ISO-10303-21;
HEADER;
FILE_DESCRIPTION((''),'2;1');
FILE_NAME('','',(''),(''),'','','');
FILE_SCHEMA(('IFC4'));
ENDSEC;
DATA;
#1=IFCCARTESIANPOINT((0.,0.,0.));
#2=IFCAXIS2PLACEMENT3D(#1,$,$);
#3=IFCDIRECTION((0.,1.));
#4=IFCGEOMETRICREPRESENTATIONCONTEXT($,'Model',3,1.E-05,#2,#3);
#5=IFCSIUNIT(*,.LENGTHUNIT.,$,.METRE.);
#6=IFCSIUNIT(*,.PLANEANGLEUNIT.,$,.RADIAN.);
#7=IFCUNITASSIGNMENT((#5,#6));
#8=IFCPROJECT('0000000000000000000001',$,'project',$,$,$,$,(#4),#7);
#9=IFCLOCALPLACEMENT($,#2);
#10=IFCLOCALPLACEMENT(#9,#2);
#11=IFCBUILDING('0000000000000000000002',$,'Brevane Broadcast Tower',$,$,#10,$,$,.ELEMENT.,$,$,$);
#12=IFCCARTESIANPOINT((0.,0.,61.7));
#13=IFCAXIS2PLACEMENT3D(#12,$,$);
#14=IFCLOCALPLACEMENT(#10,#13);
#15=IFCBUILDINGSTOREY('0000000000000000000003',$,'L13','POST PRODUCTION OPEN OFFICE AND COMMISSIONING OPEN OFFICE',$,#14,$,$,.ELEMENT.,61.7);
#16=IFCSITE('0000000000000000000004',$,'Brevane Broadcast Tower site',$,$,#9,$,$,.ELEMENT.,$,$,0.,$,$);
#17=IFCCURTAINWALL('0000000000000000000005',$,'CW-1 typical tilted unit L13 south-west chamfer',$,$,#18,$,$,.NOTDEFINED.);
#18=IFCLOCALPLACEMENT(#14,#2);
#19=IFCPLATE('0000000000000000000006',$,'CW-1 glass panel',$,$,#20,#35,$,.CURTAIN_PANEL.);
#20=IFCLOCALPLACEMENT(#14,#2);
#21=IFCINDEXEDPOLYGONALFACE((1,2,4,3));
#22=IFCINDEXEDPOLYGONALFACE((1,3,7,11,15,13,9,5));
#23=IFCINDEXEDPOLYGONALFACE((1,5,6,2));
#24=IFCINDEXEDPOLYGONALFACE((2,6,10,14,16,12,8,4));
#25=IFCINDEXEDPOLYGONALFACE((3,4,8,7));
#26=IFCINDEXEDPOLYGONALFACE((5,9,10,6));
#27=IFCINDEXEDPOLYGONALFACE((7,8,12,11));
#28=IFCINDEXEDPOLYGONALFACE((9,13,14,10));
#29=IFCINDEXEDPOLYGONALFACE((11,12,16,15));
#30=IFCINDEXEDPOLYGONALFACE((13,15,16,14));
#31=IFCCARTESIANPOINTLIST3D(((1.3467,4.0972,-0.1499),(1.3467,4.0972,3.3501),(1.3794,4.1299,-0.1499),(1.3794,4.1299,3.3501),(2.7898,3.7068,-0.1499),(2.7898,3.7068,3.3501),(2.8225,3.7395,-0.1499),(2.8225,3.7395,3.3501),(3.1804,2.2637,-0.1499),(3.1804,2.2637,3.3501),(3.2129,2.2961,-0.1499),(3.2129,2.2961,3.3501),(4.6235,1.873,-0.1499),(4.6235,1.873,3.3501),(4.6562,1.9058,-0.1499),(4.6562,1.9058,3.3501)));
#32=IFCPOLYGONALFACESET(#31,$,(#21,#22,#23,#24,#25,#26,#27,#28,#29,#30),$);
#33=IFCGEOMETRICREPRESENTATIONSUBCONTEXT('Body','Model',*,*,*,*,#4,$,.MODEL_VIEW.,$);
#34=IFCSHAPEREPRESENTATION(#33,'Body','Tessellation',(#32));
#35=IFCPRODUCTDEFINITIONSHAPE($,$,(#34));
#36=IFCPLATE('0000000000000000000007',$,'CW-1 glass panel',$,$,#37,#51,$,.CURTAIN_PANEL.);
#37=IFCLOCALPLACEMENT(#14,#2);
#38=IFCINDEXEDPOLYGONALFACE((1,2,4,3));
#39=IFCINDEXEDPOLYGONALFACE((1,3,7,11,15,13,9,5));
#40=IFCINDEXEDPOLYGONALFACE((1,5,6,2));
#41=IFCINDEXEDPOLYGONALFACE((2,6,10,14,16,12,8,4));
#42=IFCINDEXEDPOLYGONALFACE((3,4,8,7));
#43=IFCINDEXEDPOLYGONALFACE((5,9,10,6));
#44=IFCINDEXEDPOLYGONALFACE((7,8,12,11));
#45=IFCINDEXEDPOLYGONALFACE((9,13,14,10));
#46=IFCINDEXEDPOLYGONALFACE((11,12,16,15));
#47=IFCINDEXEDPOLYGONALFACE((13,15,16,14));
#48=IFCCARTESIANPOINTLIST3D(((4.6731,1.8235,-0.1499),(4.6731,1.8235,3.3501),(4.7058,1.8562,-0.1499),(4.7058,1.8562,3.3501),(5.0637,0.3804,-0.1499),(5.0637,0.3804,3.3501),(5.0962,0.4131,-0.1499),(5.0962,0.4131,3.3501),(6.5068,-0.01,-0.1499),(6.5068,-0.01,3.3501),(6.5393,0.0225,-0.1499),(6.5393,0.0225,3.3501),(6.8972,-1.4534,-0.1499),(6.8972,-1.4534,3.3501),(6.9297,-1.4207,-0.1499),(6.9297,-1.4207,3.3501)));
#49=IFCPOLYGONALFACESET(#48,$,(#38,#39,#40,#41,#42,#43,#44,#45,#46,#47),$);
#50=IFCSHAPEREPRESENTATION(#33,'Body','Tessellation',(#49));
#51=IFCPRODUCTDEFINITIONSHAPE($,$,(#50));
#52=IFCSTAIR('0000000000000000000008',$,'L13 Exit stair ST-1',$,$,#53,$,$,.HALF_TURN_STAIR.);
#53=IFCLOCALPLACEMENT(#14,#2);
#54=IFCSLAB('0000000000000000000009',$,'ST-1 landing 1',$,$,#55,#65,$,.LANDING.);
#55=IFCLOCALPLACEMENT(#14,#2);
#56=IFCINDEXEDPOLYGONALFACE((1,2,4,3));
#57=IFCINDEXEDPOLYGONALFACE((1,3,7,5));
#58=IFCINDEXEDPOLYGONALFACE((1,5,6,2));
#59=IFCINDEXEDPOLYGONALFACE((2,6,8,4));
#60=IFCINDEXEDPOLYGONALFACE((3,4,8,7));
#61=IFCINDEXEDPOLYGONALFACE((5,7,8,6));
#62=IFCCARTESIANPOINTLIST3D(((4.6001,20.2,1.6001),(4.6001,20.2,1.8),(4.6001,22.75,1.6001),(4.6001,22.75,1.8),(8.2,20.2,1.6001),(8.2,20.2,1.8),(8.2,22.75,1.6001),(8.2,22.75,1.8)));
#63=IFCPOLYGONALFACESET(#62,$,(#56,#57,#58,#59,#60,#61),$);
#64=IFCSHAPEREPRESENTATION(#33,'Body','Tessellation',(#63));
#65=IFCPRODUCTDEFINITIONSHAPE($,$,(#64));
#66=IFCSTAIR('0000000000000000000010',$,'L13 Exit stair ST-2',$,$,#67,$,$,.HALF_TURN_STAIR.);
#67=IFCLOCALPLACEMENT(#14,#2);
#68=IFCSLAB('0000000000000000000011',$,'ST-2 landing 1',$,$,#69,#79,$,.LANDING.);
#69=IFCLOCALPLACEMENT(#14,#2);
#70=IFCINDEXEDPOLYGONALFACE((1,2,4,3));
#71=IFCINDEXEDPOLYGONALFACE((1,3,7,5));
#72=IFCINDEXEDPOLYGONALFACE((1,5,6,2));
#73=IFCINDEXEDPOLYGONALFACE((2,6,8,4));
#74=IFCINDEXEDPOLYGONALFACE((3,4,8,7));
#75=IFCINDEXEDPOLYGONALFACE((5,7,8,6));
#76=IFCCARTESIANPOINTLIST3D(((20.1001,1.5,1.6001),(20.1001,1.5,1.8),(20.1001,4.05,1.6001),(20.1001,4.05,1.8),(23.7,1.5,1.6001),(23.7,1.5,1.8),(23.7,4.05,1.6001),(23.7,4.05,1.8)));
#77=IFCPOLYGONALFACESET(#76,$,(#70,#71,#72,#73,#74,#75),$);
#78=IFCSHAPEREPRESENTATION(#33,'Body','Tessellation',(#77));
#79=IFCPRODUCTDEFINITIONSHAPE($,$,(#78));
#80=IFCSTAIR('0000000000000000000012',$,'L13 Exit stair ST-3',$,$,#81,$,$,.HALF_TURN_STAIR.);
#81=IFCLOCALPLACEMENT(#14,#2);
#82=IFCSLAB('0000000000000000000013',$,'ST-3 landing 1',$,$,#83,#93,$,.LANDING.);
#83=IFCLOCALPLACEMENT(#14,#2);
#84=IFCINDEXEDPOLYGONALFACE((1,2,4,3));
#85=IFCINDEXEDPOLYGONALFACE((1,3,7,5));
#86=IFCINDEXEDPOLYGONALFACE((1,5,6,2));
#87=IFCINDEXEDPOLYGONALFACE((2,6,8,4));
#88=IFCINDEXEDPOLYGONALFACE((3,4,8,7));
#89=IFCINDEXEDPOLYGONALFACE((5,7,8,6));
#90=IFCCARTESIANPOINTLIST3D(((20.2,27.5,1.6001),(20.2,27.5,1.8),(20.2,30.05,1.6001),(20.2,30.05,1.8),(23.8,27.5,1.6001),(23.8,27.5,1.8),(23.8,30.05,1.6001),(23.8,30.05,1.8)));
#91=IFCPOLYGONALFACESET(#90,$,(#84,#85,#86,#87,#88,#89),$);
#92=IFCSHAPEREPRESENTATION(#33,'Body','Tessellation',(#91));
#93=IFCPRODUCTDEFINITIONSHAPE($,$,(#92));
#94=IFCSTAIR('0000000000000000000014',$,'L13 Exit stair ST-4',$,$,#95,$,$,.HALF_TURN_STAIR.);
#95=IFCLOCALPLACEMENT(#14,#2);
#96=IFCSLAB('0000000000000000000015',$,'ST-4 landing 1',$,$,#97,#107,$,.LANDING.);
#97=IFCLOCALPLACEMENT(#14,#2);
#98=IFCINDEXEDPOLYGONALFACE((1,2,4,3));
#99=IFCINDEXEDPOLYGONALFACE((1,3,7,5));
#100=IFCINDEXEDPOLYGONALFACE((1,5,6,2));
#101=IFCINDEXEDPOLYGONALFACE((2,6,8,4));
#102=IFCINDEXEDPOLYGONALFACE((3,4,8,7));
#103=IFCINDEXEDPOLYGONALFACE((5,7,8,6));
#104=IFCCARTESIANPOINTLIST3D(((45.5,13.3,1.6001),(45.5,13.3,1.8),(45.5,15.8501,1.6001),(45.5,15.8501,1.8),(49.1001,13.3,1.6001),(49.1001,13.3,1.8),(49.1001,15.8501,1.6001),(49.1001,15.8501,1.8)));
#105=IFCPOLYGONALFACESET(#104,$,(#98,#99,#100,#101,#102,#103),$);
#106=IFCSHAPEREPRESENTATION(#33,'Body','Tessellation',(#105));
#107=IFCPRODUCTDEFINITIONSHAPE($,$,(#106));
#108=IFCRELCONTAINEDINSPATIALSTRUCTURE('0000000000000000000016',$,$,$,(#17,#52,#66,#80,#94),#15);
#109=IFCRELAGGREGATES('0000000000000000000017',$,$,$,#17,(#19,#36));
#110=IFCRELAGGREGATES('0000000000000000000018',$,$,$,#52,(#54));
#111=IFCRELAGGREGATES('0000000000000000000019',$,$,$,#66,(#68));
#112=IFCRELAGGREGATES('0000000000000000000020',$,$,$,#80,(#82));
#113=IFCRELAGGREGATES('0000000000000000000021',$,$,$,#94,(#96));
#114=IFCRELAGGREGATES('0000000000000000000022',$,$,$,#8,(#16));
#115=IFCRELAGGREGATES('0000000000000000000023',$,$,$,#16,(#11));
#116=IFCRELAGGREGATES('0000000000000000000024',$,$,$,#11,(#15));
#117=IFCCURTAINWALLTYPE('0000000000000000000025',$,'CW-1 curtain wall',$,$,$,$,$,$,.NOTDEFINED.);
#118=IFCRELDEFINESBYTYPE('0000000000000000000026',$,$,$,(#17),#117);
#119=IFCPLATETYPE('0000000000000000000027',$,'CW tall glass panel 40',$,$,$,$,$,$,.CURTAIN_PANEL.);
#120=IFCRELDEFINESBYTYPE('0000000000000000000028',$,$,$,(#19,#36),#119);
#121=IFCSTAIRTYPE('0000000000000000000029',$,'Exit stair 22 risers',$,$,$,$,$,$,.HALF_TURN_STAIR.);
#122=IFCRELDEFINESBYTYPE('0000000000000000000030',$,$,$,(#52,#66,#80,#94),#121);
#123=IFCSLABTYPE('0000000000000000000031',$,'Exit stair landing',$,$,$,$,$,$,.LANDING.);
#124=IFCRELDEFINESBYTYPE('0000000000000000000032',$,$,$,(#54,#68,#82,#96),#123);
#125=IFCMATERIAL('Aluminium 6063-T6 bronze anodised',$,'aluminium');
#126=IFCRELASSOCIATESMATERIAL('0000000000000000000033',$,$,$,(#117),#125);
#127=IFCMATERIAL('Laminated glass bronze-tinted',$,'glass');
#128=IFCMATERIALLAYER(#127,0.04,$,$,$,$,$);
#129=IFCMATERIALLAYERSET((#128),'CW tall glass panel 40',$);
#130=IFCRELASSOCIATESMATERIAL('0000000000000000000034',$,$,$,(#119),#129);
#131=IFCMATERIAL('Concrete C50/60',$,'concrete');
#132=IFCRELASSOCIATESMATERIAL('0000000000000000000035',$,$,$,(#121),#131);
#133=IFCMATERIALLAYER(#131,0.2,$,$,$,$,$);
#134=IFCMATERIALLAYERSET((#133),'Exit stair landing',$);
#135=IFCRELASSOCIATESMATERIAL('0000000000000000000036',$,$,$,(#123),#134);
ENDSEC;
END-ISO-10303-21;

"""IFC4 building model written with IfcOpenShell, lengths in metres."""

from ifc_helpers import new_model, si_unit, direction, frame, origin, place, context, subcontext, project, spatial, polyline, outline, extrude, material, layer, layer_set, type_object, element, aggregate, save


model = new_model("IFC4")

# Units and contexts
model_context = context("Model", 3, precision=1e-05, world=origin(), true_north=direction((0.0, 1.0)))
body_context = subcontext(model_context, "Body", "Model", "MODEL_VIEW")
ifc_project = project(units=[si_unit("LENGTHUNIT", "METRE"), si_unit("PLANEANGLEUNIT", "RADIAN")], contexts=[model_context])

# Site, building, storey
site_placement = place(None, origin())
site = spatial("IfcSite", under=ifc_project, at=site_placement, Name="Brevane Broadcast Tower site", CompositionType="ELEMENT", RefElevation=0.0)
building_placement = place(site_placement, origin())
building = spatial("IfcBuilding", under=site, at=building_placement, Name="Brevane Broadcast Tower", CompositionType="ELEMENT")
storey_placement = place(building_placement, frame((0.0, 0.0, 61.7)))
storey = spatial("IfcBuildingStorey", under=building, at=storey_placement, Name="L13", Description="POST PRODUCTION OPEN OFFICE AND COMMISSIONING OPEN OFFICE", CompositionType="ELEMENT", Elevation=61.7)

# Curtain wall, plates
ifc_material_1 = material(Name="Aluminium 6063-T6 bronze anodised", Category="aluminium")
curtain_wall_type = type_object("IfcCurtainWallType", Name="CW-1 curtain wall", PredefinedType="NOTDEFINED", material=ifc_material_1)
ifc_material_2 = material(Name="Laminated glass bronze-tinted", Category="glass")
ifc_layer_1 = layer(ifc_material_2, 0.04)
ifc_layer_set_1 = layer_set([ifc_layer_1], Name="CW tall glass panel 40")
plate_type = type_object("IfcPlateType", Name="CW tall glass panel 40", PredefinedType="CURTAIN_PANEL", material=ifc_layer_set_1)
curtain_wall_1_placement = place(storey_placement, origin())
curtain_wall_1 = element("IfcCurtainWall", 1, at=curtain_wall_1_placement, inside=storey, type_object=curtain_wall_type, Name="CW-1 typical tilted unit L13 south-west chamfer", PredefinedType="NOTDEFINED")
plate_1_placement = place(storey_placement, frame((0.0, 0.0, -0.1499)))
plate_1 = element("IfcPlate", 2, at=plate_1_placement, type_object=plate_type, Name="CW-1 glass panel", PredefinedType="CURTAIN_PANEL", context=body_context, shape_type="SweptSolid", body=[
    extrude(outline(polyline([(1.3794, 4.1299), (1.3467, 4.0972), (2.7898, 3.7068), (3.1804, 2.2637), (4.6235, 1.873), (4.6562, 1.9058), (3.2129, 2.2961), (2.8225, 3.7395), (1.3794, 4.1299)])), origin(), (0.0, 0.0, 1.0), 3.5),
])
plate_2_placement = place(storey_placement, frame((0.0, 0.0, -0.1499)))
plate_2 = element("IfcPlate", 3, at=plate_2_placement, type_object=plate_type, Name="CW-1 glass panel", PredefinedType="CURTAIN_PANEL", context=body_context, shape_type="SweptSolid", body=[
    extrude(outline(polyline([(4.7058, 1.8562), (4.6731, 1.8235), (5.0637, 0.3804), (6.5068, -0.01), (6.8972, -1.4534), (6.9297, -1.4207), (6.5393, 0.0225), (5.0962, 0.4131), (4.7058, 1.8562)])), origin(), (0.0, 0.0, 1.0), 3.5),
])
aggregate(curtain_wall_1, [plate_1, plate_2])

# Stairs, slabs
ifc_material_3 = material(Name="Concrete C50/60", Category="concrete")
stair_type = type_object("IfcStairType", Name="Exit stair 22 risers", PredefinedType="HALF_TURN_STAIR", material=ifc_material_3)
stair_1_placement = place(storey_placement, origin())
stair_1 = element("IfcStair", 4, at=stair_1_placement, inside=storey, type_object=stair_type, Name="L13 Exit stair ST-1", PredefinedType="HALF_TURN_STAIR")
ifc_layer_2 = layer(ifc_material_3, 0.2)
ifc_layer_set_2 = layer_set([ifc_layer_2], Name="Exit stair landing")
slab_type_1 = type_object("IfcSlabType", Name="Exit stair landing", PredefinedType="LANDING", material=ifc_layer_set_2)
slab_1_placement = place(storey_placement, frame((0.0, 0.0, 1.6001)))
slab_1 = element("IfcSlab", 5, at=slab_1_placement, type_object=slab_type_1, Name="ST-1 landing 1", PredefinedType="LANDING", context=body_context, shape_type="SweptSolid", body=[
    extrude(outline(polyline([(4.6001, 20.2), (8.2, 20.2), (8.2, 22.75), (4.6001, 22.75), (4.6001, 20.2)])), origin(), (0.0, 0.0, 1.0), 0.2),
])
aggregate(stair_1, [slab_1])
stair_2_placement = place(storey_placement, origin())
stair_2 = element("IfcStair", 6, at=stair_2_placement, inside=storey, type_object=stair_type, Name="L13 Exit stair ST-2", PredefinedType="HALF_TURN_STAIR")
slab_2_placement = place(storey_placement, frame((0.0, 0.0, 1.6001)))
slab_2 = element("IfcSlab", 7, at=slab_2_placement, type_object=slab_type_1, Name="ST-2 landing 1", PredefinedType="LANDING", context=body_context, shape_type="SweptSolid", body=[
    extrude(outline(polyline([(20.1001, 1.5), (23.7, 1.5), (23.7, 4.05), (20.1001, 4.05), (20.1001, 1.5)])), origin(), (0.0, 0.0, 1.0), 0.2),
])
aggregate(stair_2, [slab_2])
stair_3_placement = place(storey_placement, origin())
stair_3 = element("IfcStair", 8, at=stair_3_placement, inside=storey, type_object=stair_type, Name="L13 Exit stair ST-3", PredefinedType="HALF_TURN_STAIR")
slab_3_placement = place(storey_placement, frame((0.0, 0.0, 1.6001)))
slab_3 = element("IfcSlab", 9, at=slab_3_placement, type_object=slab_type_1, Name="ST-3 landing 1", PredefinedType="LANDING", context=body_context, shape_type="SweptSolid", body=[
    extrude(outline(polyline([(20.2, 27.5), (23.8, 27.5), (23.8, 30.05), (20.2, 30.05), (20.2, 27.5)])), origin(), (0.0, 0.0, 1.0), 0.2),
])
aggregate(stair_3, [slab_3])
stair_4_placement = place(storey_placement, origin())
stair_4 = element("IfcStair", 10, at=stair_4_placement, inside=storey, type_object=stair_type, Name="L13 Exit stair ST-4", PredefinedType="HALF_TURN_STAIR")
slab_4_placement = place(storey_placement, frame((0.0, 0.0, 1.6001)))
slab_4 = element("IfcSlab", 11, at=slab_4_placement, type_object=slab_type_1, Name="ST-4 landing 1", PredefinedType="LANDING", context=body_context, shape_type="SweptSolid", body=[
    extrude(outline(polyline([(45.5, 13.3), (49.1001, 13.3), (49.1001, 15.8501), (45.5, 15.8501), (45.5, 13.3)])), origin(), (0.0, 0.0, 1.0), 0.2),
])
aggregate(stair_4, [slab_4])

save(model, "model.ifc")
